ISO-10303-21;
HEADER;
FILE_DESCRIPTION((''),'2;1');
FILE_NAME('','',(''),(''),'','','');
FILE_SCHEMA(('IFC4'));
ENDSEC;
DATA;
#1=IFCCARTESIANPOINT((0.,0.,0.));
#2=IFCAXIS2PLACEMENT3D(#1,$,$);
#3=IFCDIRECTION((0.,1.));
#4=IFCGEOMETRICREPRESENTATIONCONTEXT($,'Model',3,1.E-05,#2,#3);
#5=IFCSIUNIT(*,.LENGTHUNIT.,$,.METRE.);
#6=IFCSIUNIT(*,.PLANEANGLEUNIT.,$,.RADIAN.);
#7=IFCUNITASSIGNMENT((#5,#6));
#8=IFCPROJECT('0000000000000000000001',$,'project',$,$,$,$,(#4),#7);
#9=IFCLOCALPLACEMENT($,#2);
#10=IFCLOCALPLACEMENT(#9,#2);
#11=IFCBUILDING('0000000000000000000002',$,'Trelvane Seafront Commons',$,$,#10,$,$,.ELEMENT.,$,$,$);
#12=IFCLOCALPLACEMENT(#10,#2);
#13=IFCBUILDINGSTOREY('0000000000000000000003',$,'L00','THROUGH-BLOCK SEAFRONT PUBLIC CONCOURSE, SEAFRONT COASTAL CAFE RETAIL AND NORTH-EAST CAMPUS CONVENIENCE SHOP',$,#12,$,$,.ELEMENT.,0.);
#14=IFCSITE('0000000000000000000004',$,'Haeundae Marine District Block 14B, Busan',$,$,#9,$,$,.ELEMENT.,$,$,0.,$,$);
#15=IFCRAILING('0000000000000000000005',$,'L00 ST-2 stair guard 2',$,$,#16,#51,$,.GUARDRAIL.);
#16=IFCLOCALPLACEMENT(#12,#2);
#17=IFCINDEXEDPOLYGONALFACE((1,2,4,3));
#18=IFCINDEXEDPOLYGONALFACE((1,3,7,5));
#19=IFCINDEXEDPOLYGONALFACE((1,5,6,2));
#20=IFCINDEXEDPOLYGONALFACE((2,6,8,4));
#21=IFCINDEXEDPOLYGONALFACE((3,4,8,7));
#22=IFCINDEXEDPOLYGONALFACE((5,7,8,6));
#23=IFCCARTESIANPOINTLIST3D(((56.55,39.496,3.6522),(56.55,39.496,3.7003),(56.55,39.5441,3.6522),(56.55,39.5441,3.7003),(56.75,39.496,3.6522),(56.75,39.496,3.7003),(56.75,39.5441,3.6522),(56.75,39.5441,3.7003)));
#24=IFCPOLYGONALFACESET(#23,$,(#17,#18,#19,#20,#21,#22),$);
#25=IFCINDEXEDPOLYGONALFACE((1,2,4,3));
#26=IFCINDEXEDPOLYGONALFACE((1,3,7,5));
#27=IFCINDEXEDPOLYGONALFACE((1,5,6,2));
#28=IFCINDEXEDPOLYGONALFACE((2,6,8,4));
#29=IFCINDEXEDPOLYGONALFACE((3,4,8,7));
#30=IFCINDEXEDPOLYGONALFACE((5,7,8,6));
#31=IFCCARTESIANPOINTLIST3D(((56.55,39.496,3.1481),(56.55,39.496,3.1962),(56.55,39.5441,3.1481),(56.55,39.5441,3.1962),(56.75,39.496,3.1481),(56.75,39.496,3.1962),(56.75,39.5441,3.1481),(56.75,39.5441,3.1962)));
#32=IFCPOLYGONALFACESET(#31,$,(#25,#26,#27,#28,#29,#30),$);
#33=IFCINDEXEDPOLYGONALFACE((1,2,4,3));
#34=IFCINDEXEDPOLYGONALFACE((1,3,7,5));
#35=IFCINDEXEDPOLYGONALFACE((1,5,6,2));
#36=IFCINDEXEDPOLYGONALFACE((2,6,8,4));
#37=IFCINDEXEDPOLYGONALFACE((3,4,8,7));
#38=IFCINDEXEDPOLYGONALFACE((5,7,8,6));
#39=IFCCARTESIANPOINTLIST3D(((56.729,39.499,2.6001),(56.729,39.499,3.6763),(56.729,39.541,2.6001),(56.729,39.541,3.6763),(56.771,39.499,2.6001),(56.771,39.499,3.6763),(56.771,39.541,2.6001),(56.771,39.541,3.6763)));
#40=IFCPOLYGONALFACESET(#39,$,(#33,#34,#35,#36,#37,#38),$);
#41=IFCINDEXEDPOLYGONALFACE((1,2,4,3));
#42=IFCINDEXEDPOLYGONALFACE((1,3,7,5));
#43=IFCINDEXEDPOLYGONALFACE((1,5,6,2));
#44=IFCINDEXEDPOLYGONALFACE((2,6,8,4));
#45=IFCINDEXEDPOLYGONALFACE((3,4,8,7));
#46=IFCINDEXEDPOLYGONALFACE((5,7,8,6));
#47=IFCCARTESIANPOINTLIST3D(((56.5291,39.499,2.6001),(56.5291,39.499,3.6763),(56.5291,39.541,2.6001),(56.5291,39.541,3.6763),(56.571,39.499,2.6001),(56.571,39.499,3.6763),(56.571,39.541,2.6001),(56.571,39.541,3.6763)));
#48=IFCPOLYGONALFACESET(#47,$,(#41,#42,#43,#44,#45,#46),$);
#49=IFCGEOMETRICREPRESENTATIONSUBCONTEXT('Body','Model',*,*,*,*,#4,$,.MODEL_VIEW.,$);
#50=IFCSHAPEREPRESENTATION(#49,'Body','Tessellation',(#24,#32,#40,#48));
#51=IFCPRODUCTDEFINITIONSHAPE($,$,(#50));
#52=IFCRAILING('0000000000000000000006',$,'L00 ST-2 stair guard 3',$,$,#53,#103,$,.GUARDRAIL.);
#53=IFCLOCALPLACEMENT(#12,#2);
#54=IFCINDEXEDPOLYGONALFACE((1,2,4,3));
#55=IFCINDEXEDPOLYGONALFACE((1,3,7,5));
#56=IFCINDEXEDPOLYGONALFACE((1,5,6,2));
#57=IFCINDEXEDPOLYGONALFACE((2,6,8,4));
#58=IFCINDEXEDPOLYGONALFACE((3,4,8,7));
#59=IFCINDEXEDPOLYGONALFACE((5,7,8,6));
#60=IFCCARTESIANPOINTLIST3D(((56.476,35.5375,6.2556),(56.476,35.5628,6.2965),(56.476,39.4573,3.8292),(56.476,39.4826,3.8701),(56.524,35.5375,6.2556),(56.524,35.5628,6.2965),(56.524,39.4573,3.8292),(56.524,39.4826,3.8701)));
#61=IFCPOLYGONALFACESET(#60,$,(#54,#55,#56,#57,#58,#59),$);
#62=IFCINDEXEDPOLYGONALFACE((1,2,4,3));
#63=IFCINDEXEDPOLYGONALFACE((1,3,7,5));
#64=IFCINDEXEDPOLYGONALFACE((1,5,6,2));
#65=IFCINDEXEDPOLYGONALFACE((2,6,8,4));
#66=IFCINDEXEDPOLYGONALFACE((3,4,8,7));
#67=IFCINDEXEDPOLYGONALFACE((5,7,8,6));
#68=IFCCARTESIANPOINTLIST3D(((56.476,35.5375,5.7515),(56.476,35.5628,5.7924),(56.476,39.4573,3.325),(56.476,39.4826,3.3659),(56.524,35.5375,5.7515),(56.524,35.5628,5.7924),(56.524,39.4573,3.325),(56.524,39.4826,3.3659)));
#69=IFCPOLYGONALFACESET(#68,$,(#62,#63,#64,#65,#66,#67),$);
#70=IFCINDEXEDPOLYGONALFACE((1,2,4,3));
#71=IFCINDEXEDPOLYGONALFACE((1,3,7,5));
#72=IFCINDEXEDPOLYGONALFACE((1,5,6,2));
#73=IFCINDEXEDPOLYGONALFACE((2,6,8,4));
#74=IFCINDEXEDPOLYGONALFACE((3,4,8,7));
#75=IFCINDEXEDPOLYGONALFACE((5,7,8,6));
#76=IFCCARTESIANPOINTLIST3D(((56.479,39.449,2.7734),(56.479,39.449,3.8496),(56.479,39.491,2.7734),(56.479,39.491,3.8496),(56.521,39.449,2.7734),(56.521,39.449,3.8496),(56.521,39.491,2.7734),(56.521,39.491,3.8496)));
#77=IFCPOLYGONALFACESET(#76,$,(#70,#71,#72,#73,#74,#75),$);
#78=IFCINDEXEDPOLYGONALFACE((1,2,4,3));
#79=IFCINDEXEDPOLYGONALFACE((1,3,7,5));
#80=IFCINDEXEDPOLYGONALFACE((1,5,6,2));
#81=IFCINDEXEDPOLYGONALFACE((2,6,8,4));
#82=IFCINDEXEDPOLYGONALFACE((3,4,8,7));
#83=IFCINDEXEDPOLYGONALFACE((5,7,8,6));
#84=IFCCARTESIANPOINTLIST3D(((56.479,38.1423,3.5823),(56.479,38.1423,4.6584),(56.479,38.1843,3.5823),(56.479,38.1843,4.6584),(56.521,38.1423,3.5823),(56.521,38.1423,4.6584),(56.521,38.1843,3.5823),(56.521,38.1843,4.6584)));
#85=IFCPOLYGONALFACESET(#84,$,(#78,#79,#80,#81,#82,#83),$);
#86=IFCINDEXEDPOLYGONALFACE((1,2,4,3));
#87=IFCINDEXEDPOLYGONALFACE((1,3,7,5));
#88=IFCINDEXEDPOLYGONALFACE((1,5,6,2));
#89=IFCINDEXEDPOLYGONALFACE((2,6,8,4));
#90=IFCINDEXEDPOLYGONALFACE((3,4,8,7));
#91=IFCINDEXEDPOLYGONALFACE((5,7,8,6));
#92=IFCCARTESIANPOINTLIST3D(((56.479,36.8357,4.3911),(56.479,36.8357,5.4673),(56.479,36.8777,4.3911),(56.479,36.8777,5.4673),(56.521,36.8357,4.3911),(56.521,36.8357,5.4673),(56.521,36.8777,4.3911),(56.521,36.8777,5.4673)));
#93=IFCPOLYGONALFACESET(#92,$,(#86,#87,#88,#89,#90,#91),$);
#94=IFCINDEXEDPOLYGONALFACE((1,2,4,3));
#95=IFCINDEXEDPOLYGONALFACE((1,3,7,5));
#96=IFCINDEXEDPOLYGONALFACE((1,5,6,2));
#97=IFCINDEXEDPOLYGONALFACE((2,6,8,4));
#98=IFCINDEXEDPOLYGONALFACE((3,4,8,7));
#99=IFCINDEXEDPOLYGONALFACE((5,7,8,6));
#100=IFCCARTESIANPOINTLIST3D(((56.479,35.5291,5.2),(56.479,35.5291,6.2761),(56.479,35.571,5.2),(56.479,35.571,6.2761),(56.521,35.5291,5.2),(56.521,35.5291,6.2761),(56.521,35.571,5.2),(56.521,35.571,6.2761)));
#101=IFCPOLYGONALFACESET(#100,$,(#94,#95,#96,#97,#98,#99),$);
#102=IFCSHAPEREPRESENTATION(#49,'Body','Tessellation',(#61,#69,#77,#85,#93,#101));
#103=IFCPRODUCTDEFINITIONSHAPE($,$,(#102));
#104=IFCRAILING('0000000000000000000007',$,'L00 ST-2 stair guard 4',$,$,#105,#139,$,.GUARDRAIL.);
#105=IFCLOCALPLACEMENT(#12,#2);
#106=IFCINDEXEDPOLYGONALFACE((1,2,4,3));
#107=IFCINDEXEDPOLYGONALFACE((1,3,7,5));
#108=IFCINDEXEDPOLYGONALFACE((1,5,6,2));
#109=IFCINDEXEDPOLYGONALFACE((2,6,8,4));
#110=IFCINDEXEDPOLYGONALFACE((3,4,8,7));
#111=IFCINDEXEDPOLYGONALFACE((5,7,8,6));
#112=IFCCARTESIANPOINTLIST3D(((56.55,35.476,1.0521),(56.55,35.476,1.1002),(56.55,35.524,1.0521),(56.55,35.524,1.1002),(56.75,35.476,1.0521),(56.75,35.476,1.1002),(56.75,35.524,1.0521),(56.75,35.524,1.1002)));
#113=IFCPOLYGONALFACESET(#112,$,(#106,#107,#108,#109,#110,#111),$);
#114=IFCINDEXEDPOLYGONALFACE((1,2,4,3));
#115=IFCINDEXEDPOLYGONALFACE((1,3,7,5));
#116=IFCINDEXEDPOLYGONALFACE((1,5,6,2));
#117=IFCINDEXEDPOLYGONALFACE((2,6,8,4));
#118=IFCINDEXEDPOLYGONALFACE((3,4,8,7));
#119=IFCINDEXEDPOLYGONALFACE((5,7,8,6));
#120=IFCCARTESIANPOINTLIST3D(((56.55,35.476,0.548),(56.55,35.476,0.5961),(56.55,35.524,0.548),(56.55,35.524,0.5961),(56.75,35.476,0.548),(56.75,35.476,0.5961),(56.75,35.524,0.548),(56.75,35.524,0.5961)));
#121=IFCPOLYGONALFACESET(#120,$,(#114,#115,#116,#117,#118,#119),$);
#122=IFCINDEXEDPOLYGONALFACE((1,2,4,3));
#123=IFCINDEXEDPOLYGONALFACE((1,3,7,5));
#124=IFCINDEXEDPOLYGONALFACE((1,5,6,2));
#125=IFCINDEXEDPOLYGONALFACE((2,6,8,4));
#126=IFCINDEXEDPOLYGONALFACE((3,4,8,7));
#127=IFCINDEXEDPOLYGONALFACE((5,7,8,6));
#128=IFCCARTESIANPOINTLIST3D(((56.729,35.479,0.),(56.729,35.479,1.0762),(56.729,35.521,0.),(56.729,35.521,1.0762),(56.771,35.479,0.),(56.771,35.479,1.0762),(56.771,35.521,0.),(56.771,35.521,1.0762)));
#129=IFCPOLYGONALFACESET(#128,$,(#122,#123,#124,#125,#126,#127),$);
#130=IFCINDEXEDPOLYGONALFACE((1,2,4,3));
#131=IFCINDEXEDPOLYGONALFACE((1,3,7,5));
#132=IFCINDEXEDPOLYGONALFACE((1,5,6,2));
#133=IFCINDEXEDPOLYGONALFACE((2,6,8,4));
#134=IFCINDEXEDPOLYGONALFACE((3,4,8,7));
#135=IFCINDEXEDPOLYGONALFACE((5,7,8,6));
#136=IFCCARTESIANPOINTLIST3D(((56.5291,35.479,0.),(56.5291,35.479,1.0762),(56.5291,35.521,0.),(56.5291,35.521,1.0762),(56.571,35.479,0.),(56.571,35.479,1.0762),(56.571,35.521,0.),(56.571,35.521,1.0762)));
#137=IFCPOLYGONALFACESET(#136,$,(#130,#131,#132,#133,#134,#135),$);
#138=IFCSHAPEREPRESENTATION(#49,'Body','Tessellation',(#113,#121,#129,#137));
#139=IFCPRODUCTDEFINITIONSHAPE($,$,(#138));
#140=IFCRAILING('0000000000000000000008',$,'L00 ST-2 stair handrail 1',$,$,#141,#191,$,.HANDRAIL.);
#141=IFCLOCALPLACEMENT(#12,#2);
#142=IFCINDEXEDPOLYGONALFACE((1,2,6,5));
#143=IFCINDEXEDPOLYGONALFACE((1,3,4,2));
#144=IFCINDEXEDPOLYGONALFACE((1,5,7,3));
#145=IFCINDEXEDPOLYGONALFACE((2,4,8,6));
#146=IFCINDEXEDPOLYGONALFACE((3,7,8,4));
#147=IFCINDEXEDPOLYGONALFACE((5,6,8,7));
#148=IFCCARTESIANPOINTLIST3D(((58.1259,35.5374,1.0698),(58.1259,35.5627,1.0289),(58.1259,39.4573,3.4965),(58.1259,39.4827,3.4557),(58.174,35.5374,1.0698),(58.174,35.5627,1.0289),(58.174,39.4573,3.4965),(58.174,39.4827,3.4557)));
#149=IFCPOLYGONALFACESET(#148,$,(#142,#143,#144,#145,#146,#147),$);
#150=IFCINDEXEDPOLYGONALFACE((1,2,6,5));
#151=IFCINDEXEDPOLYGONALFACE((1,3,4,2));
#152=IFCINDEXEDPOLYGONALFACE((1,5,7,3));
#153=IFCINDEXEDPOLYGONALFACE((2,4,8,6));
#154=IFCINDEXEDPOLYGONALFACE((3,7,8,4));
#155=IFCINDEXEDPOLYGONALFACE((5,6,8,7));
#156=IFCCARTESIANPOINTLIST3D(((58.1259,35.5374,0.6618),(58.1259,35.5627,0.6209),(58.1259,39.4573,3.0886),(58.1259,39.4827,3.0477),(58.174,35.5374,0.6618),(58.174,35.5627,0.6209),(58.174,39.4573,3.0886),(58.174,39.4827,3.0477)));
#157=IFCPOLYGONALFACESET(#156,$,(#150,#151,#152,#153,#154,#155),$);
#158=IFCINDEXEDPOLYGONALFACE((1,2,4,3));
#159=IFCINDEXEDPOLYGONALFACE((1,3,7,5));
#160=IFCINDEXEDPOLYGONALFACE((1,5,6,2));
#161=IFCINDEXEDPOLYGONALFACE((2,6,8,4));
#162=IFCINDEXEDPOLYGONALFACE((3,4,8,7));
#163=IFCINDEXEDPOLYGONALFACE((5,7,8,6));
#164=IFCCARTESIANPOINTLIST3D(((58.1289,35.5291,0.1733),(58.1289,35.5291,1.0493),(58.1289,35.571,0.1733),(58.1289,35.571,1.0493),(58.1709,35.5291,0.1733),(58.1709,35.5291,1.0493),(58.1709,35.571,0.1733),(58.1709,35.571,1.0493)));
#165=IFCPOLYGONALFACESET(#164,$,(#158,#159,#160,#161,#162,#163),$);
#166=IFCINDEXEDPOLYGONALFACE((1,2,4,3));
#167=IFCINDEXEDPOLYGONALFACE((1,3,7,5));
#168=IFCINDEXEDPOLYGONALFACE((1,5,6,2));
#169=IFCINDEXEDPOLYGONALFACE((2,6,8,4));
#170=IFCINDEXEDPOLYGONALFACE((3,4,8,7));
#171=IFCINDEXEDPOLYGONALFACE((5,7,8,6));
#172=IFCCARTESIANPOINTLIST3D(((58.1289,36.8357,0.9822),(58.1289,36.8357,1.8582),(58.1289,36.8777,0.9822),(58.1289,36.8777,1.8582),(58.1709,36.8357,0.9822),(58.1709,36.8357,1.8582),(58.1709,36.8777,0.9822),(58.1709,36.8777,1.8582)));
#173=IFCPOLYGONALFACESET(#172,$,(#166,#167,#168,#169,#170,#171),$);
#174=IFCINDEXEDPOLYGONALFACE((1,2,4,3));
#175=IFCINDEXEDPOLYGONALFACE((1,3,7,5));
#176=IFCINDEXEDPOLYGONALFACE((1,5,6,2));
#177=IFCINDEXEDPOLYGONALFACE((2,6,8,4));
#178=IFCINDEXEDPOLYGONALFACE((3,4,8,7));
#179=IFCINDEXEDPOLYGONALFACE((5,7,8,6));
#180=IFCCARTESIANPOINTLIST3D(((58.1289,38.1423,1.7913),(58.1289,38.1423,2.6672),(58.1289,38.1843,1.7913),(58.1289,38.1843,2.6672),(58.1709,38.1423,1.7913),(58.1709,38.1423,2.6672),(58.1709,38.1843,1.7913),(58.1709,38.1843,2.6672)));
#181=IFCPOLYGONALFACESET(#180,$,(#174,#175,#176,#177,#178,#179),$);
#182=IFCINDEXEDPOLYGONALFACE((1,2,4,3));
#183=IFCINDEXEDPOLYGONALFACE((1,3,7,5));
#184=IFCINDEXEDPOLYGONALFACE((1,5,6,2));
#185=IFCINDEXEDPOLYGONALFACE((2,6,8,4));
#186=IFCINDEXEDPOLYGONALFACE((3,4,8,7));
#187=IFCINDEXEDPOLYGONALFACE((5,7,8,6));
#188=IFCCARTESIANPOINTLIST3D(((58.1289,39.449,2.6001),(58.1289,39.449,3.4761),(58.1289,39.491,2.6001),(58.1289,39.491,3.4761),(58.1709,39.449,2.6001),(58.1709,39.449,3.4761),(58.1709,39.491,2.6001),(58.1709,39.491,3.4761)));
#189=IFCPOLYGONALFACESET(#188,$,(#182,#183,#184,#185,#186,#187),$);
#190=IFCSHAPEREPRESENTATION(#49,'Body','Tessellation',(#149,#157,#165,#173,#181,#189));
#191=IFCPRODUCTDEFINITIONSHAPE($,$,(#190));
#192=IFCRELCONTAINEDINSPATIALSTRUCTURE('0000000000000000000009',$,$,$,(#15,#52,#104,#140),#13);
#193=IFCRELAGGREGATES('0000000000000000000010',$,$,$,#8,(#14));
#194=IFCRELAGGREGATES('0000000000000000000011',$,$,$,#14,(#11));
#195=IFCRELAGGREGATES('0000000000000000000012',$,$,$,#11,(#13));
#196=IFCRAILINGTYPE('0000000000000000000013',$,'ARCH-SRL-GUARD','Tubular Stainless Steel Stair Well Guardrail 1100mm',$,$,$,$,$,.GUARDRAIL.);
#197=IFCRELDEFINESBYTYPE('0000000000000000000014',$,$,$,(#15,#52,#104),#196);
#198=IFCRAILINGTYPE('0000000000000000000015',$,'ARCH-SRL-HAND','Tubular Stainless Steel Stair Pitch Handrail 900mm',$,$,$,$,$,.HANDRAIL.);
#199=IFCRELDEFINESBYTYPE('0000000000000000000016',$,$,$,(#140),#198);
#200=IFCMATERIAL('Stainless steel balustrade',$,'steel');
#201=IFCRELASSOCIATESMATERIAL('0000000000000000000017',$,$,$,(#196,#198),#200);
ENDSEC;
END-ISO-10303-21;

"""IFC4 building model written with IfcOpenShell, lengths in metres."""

from ifc_helpers import new_model, si_unit, direction, frame, origin, origin_2d, place, context, subcontext, project, spatial, rectangle, extrude, material, type_object, element, save


model = new_model("IFC4")

# Units and contexts
model_context = context("Model", 3, precision=1e-05, world=origin(), true_north=direction((0.0, 1.0)))
body_context = subcontext(model_context, "Body", "Model", "MODEL_VIEW")
ifc_project = project(units=[si_unit("LENGTHUNIT", "METRE"), si_unit("PLANEANGLEUNIT", "RADIAN")], contexts=[model_context])

# Site, building, storey
site_placement = place(None, origin())
site = spatial("IfcSite", under=ifc_project, at=site_placement, Name="Haeundae Marine District Block 14B, Busan", CompositionType="ELEMENT", RefElevation=0.0)
building_placement = place(site_placement, origin())
building = spatial("IfcBuilding", under=site, at=building_placement, Name="Trelvane Seafront Commons", CompositionType="ELEMENT")
storey_placement = place(building_placement, origin())
storey = spatial("IfcBuildingStorey", under=building, at=storey_placement, Name="L00", Description="THROUGH-BLOCK SEAFRONT PUBLIC CONCOURSE, SEAFRONT COASTAL CAFE RETAIL AND NORTH-EAST CAMPUS CONVENIENCE SHOP", CompositionType="ELEMENT", Elevation=0.0)

# Railings
ifc_material_1 = material(Name="Stainless steel balustrade", Category="steel")
railing_type_1 = type_object("IfcRailingType", Name="ARCH-SRL-GUARD", Description="Tubular Stainless Steel Stair Well Guardrail 1100mm", PredefinedType="GUARDRAIL", material=ifc_material_1)
railing_1_placement = place(storey_placement, frame((56.75, 39.52, 2.6001)))
element("IfcRailing", 1, at=railing_1_placement, inside=storey, type_object=railing_type_1, Name="L00 ST-2 stair guard 2", PredefinedType="GUARDRAIL", context=body_context, shape_type="SweptSolid", body=[
    extrude(rectangle(XDim=0.0481, YDim=0.0481, at=origin_2d()), frame((0.0, 0.0, 1.0762), z_axis=(-1.0, 0.0, 0.0), x_axis=(0.0, -1.0, 0.0)), (0.0, 0.0, 1.0), 0.2),
    extrude(rectangle(XDim=0.0481, YDim=0.0481, at=origin_2d()), frame((0.0, 0.0, 0.572), z_axis=(-1.0, 0.0, 0.0), x_axis=(0.0, -1.0, 0.0)), (0.0, 0.0, 1.0), 0.2),
    extrude(rectangle(XDim=0.042, YDim=0.042, at=origin_2d()), origin(), (0.0, 0.0, 1.0), 1.0762),
    extrude(rectangle(XDim=0.042, YDim=0.042, at=origin_2d()), frame((-0.2, 0.0, 0.0)), (0.0, 0.0, 1.0), 1.0762),
])
railing_2_placement = place(storey_placement, frame((56.5, 39.47, 2.7734)))
element("IfcRailing", 2, at=railing_2_placement, inside=storey, type_object=railing_type_1, Name="L00 ST-2 stair guard 3", PredefinedType="GUARDRAIL", context=body_context, shape_type="SweptSolid", body=[
    extrude(rectangle(XDim=0.0481, YDim=0.0481, at=origin_2d()), frame((0.0, 0.0, 1.0762), z_axis=(0.0, -0.850275, 0.526338), x_axis=(1.0, 0.0, 0.0)), (0.0, 0.0, 1.0), 4.6101),
    extrude(rectangle(XDim=0.0481, YDim=0.0481, at=origin_2d()), frame((0.0, 0.0, 0.572), z_axis=(0.0, -0.850275, 0.526338), x_axis=(1.0, 0.0, 0.0)), (0.0, 0.0, 1.0), 4.6101),
    extrude(rectangle(XDim=0.042, YDim=0.042, at=origin_2d()), origin(), (0.0, 0.0, 1.0), 1.0762),
    extrude(rectangle(XDim=0.042, YDim=0.042, at=origin_2d()), frame((0.0, -1.3066, 0.8088)), (0.0, 0.0, 1.0), 1.0762),
    extrude(rectangle(XDim=0.042, YDim=0.042, at=origin_2d()), frame((0.0, -2.6133, 1.6177)), (0.0, 0.0, 1.0), 1.0762),
    extrude(rectangle(XDim=0.042, YDim=0.042, at=origin_2d()), frame((0.0, -3.9199, 2.4265)), (0.0, 0.0, 1.0), 1.0762),
])
railing_3_placement = place(storey_placement, frame((56.75, 35.5, 0.0)))
element("IfcRailing", 3, at=railing_3_placement, inside=storey, type_object=railing_type_1, Name="L00 ST-2 stair guard 4", PredefinedType="GUARDRAIL", context=body_context, shape_type="SweptSolid", body=[
    extrude(rectangle(XDim=0.0481, YDim=0.0481, at=origin_2d()), frame((0.0, 0.0, 1.0762), z_axis=(-1.0, 0.0, 0.0), x_axis=(0.0, -1.0, 0.0)), (0.0, 0.0, 1.0), 0.2),
    extrude(rectangle(XDim=0.0481, YDim=0.0481, at=origin_2d()), frame((0.0, 0.0, 0.572), z_axis=(-1.0, 0.0, 0.0), x_axis=(0.0, -1.0, 0.0)), (0.0, 0.0, 1.0), 0.2),
    extrude(rectangle(XDim=0.042, YDim=0.042, at=origin_2d()), origin(), (0.0, 0.0, 1.0), 1.0762),
    extrude(rectangle(XDim=0.042, YDim=0.042, at=origin_2d()), frame((-0.2, 0.0, 0.0)), (0.0, 0.0, 1.0), 1.0762),
])
railing_type_2 = type_object("IfcRailingType", Name="ARCH-SRL-HAND", Description="Tubular Stainless Steel Stair Pitch Handrail 900mm", PredefinedType="HANDRAIL", material=ifc_material_1)
railing_4_placement = place(storey_placement, frame((58.1499, 35.55, 0.1733)))
element("IfcRailing", 4, at=railing_4_placement, inside=storey, type_object=railing_type_2, Name="L00 ST-2 stair handrail 1", PredefinedType="HANDRAIL", context=body_context, shape_type="SweptSolid", body=[
    extrude(rectangle(XDim=0.0481, YDim=0.0481, at=origin_2d()), frame((0.0, 0.0, 0.876), z_axis=(0.0, 0.850252, 0.526376), x_axis=(-1.0, 0.0, 0.0)), (0.0, 0.0, 1.0), 4.6104),
    extrude(rectangle(XDim=0.0481, YDim=0.0481, at=origin_2d()), frame((0.0, 0.0, 0.468), z_axis=(0.0, 0.850252, 0.526376), x_axis=(-1.0, 0.0, 0.0)), (0.0, 0.0, 1.0), 4.6104),
    extrude(rectangle(XDim=0.042, YDim=0.042, at=origin_2d()), origin(), (0.0, 0.0, 1.0), 0.876),
    extrude(rectangle(XDim=0.042, YDim=0.042, at=origin_2d()), frame((0.0, 1.3066, 0.8088)), (0.0, 0.0, 1.0), 0.876),
    extrude(rectangle(XDim=0.042, YDim=0.042, at=origin_2d()), frame((0.0, 2.6133, 1.6179)), (0.0, 0.0, 1.0), 0.876),
    extrude(rectangle(XDim=0.042, YDim=0.042, at=origin_2d()), frame((0.0, 3.9199, 2.4268)), (0.0, 0.0, 1.0), 0.876),
])

save(model, "model.ifc")
